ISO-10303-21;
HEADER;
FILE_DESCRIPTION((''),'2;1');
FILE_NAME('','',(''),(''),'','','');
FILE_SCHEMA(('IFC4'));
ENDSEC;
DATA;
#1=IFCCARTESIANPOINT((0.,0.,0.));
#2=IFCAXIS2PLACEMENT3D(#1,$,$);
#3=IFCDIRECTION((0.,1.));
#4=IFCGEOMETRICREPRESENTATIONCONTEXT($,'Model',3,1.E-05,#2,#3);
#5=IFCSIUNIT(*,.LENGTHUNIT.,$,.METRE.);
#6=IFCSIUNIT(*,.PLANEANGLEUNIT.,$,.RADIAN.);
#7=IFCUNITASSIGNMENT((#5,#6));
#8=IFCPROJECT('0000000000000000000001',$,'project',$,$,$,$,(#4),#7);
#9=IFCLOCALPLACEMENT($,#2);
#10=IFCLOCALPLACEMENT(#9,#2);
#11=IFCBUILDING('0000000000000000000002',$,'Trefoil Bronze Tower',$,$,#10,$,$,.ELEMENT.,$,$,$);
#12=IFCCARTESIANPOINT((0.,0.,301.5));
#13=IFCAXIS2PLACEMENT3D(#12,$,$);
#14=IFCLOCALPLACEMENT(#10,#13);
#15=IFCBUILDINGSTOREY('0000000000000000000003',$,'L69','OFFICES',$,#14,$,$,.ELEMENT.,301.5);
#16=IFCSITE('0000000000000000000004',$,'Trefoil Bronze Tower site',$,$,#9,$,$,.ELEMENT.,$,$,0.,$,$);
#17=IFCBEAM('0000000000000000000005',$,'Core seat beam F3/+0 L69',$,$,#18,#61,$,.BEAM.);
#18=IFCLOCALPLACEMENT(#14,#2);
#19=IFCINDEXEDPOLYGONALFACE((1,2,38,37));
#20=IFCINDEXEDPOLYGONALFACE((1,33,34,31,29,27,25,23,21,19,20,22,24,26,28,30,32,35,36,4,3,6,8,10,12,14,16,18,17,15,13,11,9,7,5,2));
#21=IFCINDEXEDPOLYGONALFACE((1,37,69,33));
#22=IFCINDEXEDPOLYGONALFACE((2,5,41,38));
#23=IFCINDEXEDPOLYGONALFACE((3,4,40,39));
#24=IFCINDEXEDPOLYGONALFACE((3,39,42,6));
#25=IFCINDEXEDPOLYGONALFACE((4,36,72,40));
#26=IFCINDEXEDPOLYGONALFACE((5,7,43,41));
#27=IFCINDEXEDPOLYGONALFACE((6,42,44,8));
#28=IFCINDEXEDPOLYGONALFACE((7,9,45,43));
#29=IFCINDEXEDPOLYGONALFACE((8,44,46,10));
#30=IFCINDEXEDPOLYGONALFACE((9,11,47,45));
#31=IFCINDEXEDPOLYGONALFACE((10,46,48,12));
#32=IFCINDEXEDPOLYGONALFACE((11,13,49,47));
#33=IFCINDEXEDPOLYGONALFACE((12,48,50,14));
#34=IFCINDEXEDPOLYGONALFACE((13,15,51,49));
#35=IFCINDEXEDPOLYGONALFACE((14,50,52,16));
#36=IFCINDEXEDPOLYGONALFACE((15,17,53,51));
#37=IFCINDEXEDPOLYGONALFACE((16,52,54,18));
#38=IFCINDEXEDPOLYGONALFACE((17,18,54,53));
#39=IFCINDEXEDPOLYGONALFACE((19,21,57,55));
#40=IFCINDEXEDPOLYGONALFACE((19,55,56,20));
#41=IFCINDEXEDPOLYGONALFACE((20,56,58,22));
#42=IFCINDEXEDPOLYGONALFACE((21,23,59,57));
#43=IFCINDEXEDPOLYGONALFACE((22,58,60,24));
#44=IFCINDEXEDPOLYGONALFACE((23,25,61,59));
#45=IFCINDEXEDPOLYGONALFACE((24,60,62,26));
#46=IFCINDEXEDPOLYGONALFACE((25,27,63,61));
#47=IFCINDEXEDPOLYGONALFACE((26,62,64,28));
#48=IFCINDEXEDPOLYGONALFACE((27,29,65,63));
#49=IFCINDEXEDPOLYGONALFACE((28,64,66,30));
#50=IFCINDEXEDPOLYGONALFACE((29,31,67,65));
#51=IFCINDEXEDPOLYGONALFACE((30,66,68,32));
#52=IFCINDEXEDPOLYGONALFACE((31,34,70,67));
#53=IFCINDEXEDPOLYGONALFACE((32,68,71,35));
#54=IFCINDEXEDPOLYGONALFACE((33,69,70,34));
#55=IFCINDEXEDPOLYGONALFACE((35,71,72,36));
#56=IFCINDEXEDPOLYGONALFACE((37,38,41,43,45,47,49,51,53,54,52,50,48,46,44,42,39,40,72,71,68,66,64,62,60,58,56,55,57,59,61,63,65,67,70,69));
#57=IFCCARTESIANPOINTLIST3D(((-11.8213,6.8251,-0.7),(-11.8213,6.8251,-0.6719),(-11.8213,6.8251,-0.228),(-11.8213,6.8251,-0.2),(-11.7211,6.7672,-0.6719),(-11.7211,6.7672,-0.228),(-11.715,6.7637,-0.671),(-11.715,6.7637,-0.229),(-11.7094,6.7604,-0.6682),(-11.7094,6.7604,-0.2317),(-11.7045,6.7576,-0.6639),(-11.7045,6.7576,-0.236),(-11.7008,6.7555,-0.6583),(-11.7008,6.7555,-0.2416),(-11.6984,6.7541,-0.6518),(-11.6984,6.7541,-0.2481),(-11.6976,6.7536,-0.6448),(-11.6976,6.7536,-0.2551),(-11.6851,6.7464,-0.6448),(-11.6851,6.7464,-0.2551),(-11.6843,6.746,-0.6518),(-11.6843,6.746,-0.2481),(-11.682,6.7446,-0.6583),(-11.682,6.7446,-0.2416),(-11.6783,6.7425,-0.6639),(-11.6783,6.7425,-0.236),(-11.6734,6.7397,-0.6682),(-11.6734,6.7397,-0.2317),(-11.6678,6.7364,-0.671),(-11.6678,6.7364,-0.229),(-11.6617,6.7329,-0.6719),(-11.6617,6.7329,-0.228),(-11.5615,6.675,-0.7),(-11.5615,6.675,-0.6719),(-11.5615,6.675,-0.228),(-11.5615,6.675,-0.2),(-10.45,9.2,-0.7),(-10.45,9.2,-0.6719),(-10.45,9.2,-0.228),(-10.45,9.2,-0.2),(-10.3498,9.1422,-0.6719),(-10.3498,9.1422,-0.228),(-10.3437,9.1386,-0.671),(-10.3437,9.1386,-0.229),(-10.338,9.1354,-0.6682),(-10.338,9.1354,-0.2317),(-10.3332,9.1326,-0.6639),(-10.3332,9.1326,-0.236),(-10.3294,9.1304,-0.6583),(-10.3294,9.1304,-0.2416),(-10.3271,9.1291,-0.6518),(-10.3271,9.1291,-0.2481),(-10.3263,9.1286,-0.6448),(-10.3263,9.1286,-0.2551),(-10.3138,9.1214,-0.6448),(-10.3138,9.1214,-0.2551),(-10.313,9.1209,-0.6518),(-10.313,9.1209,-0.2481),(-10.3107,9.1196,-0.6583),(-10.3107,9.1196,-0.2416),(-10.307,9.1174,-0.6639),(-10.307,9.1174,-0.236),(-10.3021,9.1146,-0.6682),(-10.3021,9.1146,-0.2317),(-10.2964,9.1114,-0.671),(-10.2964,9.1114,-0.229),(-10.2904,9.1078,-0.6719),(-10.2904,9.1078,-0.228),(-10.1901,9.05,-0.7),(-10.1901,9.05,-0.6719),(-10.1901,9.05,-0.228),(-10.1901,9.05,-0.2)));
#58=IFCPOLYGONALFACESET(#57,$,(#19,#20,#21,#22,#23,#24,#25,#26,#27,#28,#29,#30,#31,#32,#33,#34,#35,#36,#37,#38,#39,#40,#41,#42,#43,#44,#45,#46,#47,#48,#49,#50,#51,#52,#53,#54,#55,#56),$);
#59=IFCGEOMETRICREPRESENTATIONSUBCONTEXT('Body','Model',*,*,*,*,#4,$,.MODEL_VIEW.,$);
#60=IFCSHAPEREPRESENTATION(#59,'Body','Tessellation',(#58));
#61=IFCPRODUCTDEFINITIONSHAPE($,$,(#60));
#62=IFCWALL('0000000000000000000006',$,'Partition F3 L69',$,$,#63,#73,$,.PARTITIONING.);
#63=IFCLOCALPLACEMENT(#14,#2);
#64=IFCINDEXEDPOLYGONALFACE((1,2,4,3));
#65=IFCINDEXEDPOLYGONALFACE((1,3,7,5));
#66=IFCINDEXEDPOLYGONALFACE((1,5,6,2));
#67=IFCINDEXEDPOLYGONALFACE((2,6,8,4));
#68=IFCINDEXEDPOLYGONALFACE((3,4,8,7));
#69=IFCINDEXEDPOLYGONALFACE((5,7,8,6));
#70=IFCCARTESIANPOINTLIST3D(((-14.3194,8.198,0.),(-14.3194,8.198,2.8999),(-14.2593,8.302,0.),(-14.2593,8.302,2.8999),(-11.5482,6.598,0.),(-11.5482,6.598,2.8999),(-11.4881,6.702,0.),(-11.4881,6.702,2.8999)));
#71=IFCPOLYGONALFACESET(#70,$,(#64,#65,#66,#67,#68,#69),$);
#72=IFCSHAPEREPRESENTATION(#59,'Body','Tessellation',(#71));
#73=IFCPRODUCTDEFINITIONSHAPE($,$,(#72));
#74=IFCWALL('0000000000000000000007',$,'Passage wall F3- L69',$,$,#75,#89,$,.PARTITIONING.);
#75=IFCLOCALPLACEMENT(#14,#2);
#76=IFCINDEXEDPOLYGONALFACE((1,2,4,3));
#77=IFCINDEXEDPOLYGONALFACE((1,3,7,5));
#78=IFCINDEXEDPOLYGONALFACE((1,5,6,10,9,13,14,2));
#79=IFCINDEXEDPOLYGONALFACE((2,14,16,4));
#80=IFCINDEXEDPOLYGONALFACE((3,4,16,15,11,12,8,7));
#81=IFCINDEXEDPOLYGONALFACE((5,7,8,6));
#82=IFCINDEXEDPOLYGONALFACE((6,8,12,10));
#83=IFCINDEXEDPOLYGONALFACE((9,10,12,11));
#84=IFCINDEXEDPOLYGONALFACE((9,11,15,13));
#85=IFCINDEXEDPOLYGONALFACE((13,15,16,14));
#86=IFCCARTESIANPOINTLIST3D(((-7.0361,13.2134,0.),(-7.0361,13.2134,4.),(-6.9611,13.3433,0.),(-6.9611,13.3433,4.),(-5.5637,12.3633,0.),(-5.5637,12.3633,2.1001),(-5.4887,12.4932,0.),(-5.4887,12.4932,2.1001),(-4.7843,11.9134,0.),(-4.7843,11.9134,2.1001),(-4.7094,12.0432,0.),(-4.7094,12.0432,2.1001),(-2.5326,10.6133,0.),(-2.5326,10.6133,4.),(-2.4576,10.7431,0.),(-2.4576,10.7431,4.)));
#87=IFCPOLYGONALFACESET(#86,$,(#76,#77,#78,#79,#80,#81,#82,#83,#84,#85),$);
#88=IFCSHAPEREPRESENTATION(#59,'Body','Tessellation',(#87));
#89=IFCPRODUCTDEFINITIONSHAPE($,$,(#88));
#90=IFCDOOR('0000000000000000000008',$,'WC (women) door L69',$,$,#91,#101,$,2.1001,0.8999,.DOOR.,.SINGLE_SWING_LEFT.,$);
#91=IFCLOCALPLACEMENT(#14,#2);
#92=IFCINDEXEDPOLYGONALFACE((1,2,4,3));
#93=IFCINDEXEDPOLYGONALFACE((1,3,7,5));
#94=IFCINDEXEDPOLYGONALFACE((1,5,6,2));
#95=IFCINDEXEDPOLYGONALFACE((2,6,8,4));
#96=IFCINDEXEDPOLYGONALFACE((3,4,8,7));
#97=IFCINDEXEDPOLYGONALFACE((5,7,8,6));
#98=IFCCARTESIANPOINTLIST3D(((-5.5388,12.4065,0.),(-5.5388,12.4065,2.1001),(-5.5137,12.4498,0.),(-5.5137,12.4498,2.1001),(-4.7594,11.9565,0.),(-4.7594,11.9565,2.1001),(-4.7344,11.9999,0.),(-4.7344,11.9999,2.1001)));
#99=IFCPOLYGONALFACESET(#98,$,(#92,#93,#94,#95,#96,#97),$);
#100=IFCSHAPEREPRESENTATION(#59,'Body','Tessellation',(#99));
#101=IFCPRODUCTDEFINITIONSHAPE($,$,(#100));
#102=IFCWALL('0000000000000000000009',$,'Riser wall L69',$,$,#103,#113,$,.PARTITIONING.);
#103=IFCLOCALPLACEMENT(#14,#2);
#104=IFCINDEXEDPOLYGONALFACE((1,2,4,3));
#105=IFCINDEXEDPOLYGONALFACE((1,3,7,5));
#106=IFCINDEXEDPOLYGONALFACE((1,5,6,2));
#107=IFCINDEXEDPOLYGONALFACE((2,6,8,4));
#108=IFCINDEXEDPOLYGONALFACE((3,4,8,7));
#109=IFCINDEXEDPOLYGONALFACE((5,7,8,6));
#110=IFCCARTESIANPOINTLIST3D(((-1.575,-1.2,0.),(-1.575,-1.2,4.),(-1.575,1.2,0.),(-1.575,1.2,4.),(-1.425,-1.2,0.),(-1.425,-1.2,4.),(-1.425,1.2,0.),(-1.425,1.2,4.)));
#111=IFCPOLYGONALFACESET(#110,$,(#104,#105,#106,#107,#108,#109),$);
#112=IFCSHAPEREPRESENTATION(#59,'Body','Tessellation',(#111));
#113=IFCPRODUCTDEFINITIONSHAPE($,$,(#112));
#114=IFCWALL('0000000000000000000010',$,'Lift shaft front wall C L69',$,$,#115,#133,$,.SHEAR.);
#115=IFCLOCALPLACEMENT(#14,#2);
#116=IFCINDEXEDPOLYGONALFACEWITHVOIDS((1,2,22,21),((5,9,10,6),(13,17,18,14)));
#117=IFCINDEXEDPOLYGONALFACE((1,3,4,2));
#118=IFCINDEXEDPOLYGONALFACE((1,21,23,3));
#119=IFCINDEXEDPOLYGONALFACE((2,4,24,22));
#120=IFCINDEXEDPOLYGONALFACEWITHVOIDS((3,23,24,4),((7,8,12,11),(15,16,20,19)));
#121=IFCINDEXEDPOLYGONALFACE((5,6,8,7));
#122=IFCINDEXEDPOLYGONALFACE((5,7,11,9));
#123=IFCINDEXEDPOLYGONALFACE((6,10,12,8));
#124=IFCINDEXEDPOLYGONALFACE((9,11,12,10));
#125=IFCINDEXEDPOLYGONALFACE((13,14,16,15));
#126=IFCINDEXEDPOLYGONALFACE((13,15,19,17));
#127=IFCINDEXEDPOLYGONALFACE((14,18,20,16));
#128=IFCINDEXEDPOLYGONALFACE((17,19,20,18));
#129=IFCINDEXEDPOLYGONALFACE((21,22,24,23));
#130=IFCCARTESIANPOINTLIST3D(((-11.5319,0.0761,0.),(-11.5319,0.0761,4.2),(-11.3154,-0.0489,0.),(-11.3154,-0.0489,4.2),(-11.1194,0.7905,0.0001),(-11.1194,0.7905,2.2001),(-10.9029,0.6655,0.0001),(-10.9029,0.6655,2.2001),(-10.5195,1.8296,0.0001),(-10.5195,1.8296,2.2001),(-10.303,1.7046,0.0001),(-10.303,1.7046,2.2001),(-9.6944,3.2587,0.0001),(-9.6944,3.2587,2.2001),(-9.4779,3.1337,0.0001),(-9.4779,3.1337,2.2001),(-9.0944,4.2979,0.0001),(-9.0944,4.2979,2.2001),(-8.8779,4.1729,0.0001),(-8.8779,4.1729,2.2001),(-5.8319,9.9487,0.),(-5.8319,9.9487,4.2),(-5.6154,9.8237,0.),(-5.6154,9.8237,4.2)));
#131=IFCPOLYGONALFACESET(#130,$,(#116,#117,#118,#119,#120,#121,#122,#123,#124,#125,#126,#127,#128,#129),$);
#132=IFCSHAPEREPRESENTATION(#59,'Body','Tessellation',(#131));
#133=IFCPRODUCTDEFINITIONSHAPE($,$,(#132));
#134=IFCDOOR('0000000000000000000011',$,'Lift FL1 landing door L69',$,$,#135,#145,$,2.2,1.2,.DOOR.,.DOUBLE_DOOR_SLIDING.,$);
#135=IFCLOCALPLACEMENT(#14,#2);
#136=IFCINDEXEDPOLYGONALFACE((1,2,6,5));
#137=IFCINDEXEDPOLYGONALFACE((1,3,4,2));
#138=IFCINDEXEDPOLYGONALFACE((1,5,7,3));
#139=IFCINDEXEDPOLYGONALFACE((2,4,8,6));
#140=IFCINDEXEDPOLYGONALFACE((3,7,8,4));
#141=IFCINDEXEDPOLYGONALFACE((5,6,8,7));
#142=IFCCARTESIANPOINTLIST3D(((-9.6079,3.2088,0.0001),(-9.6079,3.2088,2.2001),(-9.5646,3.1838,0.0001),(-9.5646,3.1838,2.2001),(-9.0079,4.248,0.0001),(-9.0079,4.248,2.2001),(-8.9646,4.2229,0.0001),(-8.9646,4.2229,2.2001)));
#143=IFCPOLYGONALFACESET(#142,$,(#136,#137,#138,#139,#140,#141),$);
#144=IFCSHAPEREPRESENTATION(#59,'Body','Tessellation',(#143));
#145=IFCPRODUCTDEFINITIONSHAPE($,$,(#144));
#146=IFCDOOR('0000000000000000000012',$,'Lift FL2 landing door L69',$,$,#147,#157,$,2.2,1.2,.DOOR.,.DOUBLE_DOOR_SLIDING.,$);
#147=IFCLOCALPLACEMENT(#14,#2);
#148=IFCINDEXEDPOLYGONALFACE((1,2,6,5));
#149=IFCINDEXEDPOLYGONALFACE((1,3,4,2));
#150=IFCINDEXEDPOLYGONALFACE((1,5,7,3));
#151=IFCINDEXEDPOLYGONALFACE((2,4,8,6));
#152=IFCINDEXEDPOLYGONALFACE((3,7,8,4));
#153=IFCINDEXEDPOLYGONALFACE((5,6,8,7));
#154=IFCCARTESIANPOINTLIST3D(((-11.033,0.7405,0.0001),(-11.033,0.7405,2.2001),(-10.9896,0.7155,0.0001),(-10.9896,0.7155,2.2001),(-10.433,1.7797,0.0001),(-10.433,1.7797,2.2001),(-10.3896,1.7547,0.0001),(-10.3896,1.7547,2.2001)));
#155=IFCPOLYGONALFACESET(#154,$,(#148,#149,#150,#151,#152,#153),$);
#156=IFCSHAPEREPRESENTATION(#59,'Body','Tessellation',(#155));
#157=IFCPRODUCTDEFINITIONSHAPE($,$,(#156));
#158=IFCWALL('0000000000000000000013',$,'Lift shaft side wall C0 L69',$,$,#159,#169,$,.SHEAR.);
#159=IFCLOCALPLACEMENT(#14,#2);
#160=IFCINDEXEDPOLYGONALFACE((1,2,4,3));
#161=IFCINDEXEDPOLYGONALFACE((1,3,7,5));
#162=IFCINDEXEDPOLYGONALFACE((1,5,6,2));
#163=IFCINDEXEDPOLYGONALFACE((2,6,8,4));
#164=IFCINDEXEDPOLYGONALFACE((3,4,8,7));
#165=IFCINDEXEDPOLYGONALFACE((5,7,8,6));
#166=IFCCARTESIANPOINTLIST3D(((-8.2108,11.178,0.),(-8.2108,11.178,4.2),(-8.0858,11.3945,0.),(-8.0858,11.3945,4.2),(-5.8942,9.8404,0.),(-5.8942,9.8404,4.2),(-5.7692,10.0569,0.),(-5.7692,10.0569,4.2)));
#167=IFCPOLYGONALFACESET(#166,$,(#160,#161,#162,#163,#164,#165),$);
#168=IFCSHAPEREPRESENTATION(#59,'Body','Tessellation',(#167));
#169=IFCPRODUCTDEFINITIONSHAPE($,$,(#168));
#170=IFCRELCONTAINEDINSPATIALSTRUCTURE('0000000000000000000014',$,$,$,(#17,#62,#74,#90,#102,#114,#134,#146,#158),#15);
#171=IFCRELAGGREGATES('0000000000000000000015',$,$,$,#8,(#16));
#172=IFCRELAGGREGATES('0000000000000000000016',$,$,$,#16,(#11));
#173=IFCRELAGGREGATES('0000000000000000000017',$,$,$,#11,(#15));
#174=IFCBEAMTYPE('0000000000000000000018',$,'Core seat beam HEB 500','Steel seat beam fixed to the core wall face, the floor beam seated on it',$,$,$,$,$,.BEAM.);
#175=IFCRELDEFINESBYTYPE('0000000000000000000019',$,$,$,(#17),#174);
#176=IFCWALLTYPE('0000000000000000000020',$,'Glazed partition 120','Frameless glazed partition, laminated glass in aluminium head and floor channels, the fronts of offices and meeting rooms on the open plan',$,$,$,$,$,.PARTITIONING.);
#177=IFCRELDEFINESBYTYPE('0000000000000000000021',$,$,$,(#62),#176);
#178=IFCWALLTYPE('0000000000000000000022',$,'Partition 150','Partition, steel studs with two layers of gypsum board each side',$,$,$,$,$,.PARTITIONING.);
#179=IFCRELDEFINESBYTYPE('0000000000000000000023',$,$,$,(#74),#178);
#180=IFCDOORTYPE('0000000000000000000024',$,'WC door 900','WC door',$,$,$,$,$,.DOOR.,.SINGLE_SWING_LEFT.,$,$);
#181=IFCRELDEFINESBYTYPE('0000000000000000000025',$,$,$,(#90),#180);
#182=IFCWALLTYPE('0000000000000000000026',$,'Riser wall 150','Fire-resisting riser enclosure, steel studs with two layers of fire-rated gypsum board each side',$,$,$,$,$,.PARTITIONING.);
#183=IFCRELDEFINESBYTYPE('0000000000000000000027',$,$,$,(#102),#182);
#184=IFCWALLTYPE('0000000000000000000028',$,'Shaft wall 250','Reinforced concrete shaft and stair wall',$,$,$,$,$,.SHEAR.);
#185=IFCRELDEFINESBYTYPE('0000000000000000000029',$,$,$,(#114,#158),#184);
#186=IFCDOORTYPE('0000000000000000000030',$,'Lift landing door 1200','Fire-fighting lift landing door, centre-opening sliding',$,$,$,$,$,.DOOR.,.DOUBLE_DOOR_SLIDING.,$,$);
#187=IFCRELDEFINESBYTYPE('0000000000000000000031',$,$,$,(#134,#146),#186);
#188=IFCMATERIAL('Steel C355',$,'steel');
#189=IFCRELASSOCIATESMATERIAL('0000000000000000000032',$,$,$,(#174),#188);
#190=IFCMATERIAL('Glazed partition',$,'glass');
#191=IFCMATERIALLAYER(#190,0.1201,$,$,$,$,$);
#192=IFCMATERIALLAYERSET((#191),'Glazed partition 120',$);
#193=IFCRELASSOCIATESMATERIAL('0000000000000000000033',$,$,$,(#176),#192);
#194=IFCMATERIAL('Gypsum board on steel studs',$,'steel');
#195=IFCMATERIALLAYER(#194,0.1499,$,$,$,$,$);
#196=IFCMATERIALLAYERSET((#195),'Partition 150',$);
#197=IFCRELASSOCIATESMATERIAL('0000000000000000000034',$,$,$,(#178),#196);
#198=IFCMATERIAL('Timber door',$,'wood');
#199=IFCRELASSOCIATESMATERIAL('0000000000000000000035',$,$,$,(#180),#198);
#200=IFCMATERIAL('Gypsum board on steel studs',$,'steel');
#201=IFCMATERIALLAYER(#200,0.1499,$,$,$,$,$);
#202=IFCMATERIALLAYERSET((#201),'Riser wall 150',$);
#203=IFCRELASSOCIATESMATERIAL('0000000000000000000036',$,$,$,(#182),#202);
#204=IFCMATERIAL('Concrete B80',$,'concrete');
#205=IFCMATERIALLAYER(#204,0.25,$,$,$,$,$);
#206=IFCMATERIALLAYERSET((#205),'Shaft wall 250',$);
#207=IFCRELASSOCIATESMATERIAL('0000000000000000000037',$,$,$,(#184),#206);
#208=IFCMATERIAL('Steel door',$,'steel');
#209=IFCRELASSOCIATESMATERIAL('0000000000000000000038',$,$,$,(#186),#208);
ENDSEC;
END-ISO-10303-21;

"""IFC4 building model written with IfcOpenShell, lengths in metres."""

from ifc_helpers import new_model, si_unit, direction, frame, frame_2d, origin, origin_2d, place, context, subcontext, project, spatial, rectangle, i_section, extrude, material, layer, layer_set, material_profile, profile_set, type_object, element, fill, save


model = new_model("IFC4")

# Units and contexts
model_context = context("Model", 3, precision=1e-05, world=origin(), true_north=direction((0.0, 1.0)))
body_context = subcontext(model_context, "Body", "Model", "MODEL_VIEW")
ifc_project = project(units=[si_unit("LENGTHUNIT", "METRE"), si_unit("PLANEANGLEUNIT", "RADIAN")], contexts=[model_context])

# Site, building, storey
site_placement = place(None, origin())
site = spatial("IfcSite", under=ifc_project, at=site_placement, Name="Trefoil Bronze Tower site", CompositionType="ELEMENT", RefElevation=0.0)
building_placement = place(site_placement, origin())
building = spatial("IfcBuilding", under=site, at=building_placement, Name="Trefoil Bronze Tower", CompositionType="ELEMENT")
storey_placement = place(building_placement, frame((0.0, 0.0, 301.5)))
storey = spatial("IfcBuildingStorey", under=building, at=storey_placement, Name="L69", Description="OFFICES", CompositionType="ELEMENT", Elevation=301.5)

# Beam
ifc_material_1 = material(Name="Steel C355", Category="steel")
ifc_material_profile = material_profile(ifc_material_1, i_section(OverallWidth=0.3, OverallDepth=0.5, WebThickness=0.0144, FlangeThickness=0.0281, FilletRadius=0.0271, at=origin_2d()), Name="HEB 500")
ifc_profile_set = profile_set([ifc_material_profile], Name="Steel C355")
beam_type = type_object("IfcBeamType", Name="Core seat beam HEB 500", Description="Steel seat beam fixed to the core wall face, the floor beam seated on it", PredefinedType="BEAM", material=ifc_profile_set)
beam_placement = place(storey_placement, frame((-10.3201, 9.125, -0.45), z_axis=(-0.500036, -0.866005, 0.0), x_axis=(0.866005, -0.500036, 0.0)))
element("IfcBeam", 1, at=beam_placement, inside=storey, type_object=beam_type, Name="Core seat beam F3/+0 L69", PredefinedType="BEAM", context=body_context, shape_type="SweptSolid", body=[
    extrude(i_section(OverallWidth=0.3, OverallDepth=0.5, WebThickness=0.0144, FlangeThickness=0.0281, FilletRadius=0.0271, at=origin_2d()), origin(), (0.0, 0.0, 1.0), 2.7424),
])

# Wall
ifc_material_2 = material(Name="Glazed partition", Category="glass")
ifc_layer_1 = layer(ifc_material_2, 0.1201)
ifc_layer_set_1 = layer_set([ifc_layer_1], Name="Glazed partition 120")
wall_type_1 = type_object("IfcWallType", Name="Glazed partition 120", Description="Frameless glazed partition, laminated glass in aluminium head and floor channels, the fronts of offices and meeting rooms on the open plan", PredefinedType="PARTITIONING", material=ifc_layer_set_1)
wall_1_placement = place(storey_placement, frame((-11.5181, 6.6499, 0.0), z_axis=(0.0, 0.0, 1.0), x_axis=(-0.866009, 0.500028, 0.0)))
element("IfcWall", 2, at=wall_1_placement, inside=storey, type_object=wall_type_1, Name="Partition F3 L69", PredefinedType="PARTITIONING", context=body_context, shape_type="SweptSolid", body=[
    extrude(rectangle(XDim=3.2, YDim=0.1201, at=frame_2d((1.6001, 0.0))), origin(), (0.0, 0.0, 1.0), 2.8999),
])

# Wall, opening, door
ifc_material_3 = material(Name="Gypsum board on steel studs", Category="steel")
ifc_layer_2 = layer(ifc_material_3, 0.1499)
ifc_layer_set_2 = layer_set([ifc_layer_2], Name="Partition 150")
wall_type_2 = type_object("IfcWallType", Name="Partition 150", Description="Partition, steel studs with two layers of gypsum board each side", PredefinedType="PARTITIONING", material=ifc_layer_set_2)
wall_2_placement = place(storey_placement, frame((-2.4951, 10.6782, 0.0), z_axis=(0.0, 0.0, 1.0), x_axis=(-0.866021, 0.500007, 0.0)))
wall_2 = element("IfcWall", 3, at=wall_2_placement, inside=storey, type_object=wall_type_2, Name="Passage wall F3- L69", PredefinedType="PARTITIONING", context=body_context, shape_type="SweptSolid", body=[
    extrude(rectangle(XDim=5.2002, YDim=0.1499, at=frame_2d((2.6001, 0.0))), origin(), (0.0, 0.0, 1.0), 4.0),
])
opening_1_placement = place(wall_2_placement, frame((2.6001, 0.0, 0.0)))
opening_1 = element("IfcOpeningElement", 4, at=opening_1_placement, cuts=wall_2, PredefinedType="OPENING", context=body_context, shape_type="SweptSolid", body=[
    extrude(rectangle(XDim=0.8999, YDim=2.1001, at=frame_2d((0.45, 1.05))), frame((0.0, 0.085, 0.0), z_axis=(0.0, -1.0, 0.0), x_axis=(1.0, 0.0, 0.0)), (0.0, 0.0, 1.0), 0.1699),
])
ifc_material_4 = material(Name="Timber door", Category="wood")
door_type_1 = type_object("IfcDoorType", Name="WC door 900", Description="WC door", OperationType="SINGLE_SWING_LEFT", PredefinedType="DOOR", material=ifc_material_4)
door_1_placement = place(opening_1_placement, frame((0.8999, 0.0, 0.0), z_axis=(0.0, 0.0, 1.0), x_axis=(-1.0, 0.0, 0.0)))
door_1 = element("IfcDoor", 5, at=door_1_placement, inside=storey, type_object=door_type_1, Name="WC (women) door L69", OperationType="SINGLE_SWING_LEFT", OverallHeight=2.1001, OverallWidth=0.8999, PredefinedType="DOOR", context=body_context, shape_type="SweptSolid", body=[
    extrude(rectangle(XDim=0.8999, YDim=2.1001, at=frame_2d((0.45, 1.05))), frame((0.0, 0.0249, 0.0), z_axis=(0.0, -1.0, 0.0), x_axis=(1.0, 0.0, 0.0)), (0.0, 0.0, 1.0), 0.05),
])
fill(opening_1, door_1)

# Wall
ifc_material_5 = material(Name="Gypsum board on steel studs", Category="steel")
ifc_layer_3 = layer(ifc_material_5, 0.1499)
ifc_layer_set_3 = layer_set([ifc_layer_3], Name="Riser wall 150")
wall_type_3 = type_object("IfcWallType", Name="Riser wall 150", Description="Fire-resisting riser enclosure, steel studs with two layers of fire-rated gypsum board each side", PredefinedType="PARTITIONING", material=ifc_layer_set_3)
wall_3_placement = place(storey_placement, frame((-1.5, 1.2, 0.0), z_axis=(0.0, 0.0, 1.0), x_axis=(0.0, -1.0, 0.0)))
element("IfcWall", 6, at=wall_3_placement, inside=storey, type_object=wall_type_3, Name="Riser wall L69", PredefinedType="PARTITIONING", context=body_context, shape_type="SweptSolid", body=[
    extrude(rectangle(XDim=2.3999, YDim=0.1499, at=frame_2d((1.2, 0.0))), origin(), (0.0, 0.0, 1.0), 4.0),
])

# Wall, openings, doors
ifc_material_6 = material(Name="Concrete B80", Category="concrete")
ifc_layer_4 = layer(ifc_material_6, 0.25)
ifc_layer_set_4 = layer_set([ifc_layer_4], Name="Shaft wall 250")
wall_type_4 = type_object("IfcWallType", Name="Shaft wall 250", Description="Reinforced concrete shaft and stair wall", PredefinedType="SHEAR", material=ifc_layer_set_4)
wall_4_placement = place(storey_placement, frame((-5.7236, 9.8862, 0.0), z_axis=(0.0, 0.0, 1.0), x_axis=(-0.500002, -0.866024, 0.0)))
wall_4 = element("IfcWall", 7, at=wall_4_placement, inside=storey, type_object=wall_type_4, Name="Lift shaft front wall C L69", PredefinedType="SHEAR", context=body_context, shape_type="SweptSolid", body=[
    extrude(rectangle(XDim=11.3999, YDim=0.25, at=frame_2d((5.7, 0.0))), origin(), (0.0, 0.0, 1.0), 4.2),
])
opening_2_placement = place(wall_4_placement, frame((6.5249, 0.0, 0.0)))
opening_2 = element("IfcOpeningElement", 8, at=opening_2_placement, cuts=wall_4, PredefinedType="OPENING", context=body_context, shape_type="SweptSolid", body=[
    extrude(rectangle(XDim=1.2, YDim=2.2, at=frame_2d((0.6001, 1.1001))), frame((0.0, 0.135, 0.0), z_axis=(0.0, -1.0, 0.0), x_axis=(1.0, 0.0, 0.0)), (0.0, 0.0, 1.0), 0.27),
])
opening_3_placement = place(wall_4_placement, frame((9.375, 0.0, 0.0)))
opening_3 = element("IfcOpeningElement", 9, at=opening_3_placement, cuts=wall_4, PredefinedType="OPENING", context=body_context, shape_type="SweptSolid", body=[
    extrude(rectangle(XDim=1.2, YDim=2.2, at=frame_2d((0.6001, 1.1001))), frame((0.0, 0.135, 0.0), z_axis=(0.0, -1.0, 0.0), x_axis=(1.0, 0.0, 0.0)), (0.0, 0.0, 1.0), 0.27),
])
ifc_material_7 = material(Name="Steel door", Category="steel")
door_type_2 = type_object("IfcDoorType", Name="Lift landing door 1200", Description="Fire-fighting lift landing door, centre-opening sliding", OperationType="DOUBLE_DOOR_SLIDING", PredefinedType="DOOR", material=ifc_material_7)
door_2_placement = place(opening_2_placement, origin())
door_2 = element("IfcDoor", 10, at=door_2_placement, inside=storey, type_object=door_type_2, Name="Lift FL1 landing door L69", OperationType="DOUBLE_DOOR_SLIDING", OverallHeight=2.2, OverallWidth=1.2, PredefinedType="DOOR", context=body_context, shape_type="SweptSolid", body=[
    extrude(rectangle(XDim=1.2, YDim=2.2, at=frame_2d((0.6001, 1.1001))), frame((0.0, 0.0249, 0.0), z_axis=(0.0, -1.0, 0.0), x_axis=(1.0, 0.0, 0.0)), (0.0, 0.0, 1.0), 0.05),
])
fill(opening_2, door_2)
door_3_placement = place(opening_3_placement, origin())
door_3 = element("IfcDoor", 11, at=door_3_placement, inside=storey, type_object=door_type_2, Name="Lift FL2 landing door L69", OperationType="DOUBLE_DOOR_SLIDING", OverallHeight=2.2, OverallWidth=1.2, PredefinedType="DOOR", context=body_context, shape_type="SweptSolid", body=[
    extrude(rectangle(XDim=1.2, YDim=2.2, at=frame_2d((0.6001, 1.1001))), frame((0.0, 0.0249, 0.0), z_axis=(0.0, -1.0, 0.0), x_axis=(1.0, 0.0, 0.0)), (0.0, 0.0, 1.0), 0.05),
])
fill(opening_3, door_3)

# Wall
for number, where, z_axis, x_axis, name in (
    (12, (-5.8318, 9.9487, 0.0), (0.0, 0.0, 1.0), (-0.866005, 0.500036, 0.0), "Lift shaft side wall C0 L69"),
):
    element("IfcWall", number, at=place(storey_placement, frame(where, z_axis=z_axis, x_axis=x_axis)), inside=storey, type_object=wall_type_4, Name=name, PredefinedType="SHEAR", context=body_context, shape_type="SweptSolid", body=[
        extrude(rectangle(XDim=2.675, YDim=0.25, at=frame_2d((1.3374, 0.0))), origin(), (0.0, 0.0, 1.0), 4.2),
    ])

save(model, "model.ifc")
